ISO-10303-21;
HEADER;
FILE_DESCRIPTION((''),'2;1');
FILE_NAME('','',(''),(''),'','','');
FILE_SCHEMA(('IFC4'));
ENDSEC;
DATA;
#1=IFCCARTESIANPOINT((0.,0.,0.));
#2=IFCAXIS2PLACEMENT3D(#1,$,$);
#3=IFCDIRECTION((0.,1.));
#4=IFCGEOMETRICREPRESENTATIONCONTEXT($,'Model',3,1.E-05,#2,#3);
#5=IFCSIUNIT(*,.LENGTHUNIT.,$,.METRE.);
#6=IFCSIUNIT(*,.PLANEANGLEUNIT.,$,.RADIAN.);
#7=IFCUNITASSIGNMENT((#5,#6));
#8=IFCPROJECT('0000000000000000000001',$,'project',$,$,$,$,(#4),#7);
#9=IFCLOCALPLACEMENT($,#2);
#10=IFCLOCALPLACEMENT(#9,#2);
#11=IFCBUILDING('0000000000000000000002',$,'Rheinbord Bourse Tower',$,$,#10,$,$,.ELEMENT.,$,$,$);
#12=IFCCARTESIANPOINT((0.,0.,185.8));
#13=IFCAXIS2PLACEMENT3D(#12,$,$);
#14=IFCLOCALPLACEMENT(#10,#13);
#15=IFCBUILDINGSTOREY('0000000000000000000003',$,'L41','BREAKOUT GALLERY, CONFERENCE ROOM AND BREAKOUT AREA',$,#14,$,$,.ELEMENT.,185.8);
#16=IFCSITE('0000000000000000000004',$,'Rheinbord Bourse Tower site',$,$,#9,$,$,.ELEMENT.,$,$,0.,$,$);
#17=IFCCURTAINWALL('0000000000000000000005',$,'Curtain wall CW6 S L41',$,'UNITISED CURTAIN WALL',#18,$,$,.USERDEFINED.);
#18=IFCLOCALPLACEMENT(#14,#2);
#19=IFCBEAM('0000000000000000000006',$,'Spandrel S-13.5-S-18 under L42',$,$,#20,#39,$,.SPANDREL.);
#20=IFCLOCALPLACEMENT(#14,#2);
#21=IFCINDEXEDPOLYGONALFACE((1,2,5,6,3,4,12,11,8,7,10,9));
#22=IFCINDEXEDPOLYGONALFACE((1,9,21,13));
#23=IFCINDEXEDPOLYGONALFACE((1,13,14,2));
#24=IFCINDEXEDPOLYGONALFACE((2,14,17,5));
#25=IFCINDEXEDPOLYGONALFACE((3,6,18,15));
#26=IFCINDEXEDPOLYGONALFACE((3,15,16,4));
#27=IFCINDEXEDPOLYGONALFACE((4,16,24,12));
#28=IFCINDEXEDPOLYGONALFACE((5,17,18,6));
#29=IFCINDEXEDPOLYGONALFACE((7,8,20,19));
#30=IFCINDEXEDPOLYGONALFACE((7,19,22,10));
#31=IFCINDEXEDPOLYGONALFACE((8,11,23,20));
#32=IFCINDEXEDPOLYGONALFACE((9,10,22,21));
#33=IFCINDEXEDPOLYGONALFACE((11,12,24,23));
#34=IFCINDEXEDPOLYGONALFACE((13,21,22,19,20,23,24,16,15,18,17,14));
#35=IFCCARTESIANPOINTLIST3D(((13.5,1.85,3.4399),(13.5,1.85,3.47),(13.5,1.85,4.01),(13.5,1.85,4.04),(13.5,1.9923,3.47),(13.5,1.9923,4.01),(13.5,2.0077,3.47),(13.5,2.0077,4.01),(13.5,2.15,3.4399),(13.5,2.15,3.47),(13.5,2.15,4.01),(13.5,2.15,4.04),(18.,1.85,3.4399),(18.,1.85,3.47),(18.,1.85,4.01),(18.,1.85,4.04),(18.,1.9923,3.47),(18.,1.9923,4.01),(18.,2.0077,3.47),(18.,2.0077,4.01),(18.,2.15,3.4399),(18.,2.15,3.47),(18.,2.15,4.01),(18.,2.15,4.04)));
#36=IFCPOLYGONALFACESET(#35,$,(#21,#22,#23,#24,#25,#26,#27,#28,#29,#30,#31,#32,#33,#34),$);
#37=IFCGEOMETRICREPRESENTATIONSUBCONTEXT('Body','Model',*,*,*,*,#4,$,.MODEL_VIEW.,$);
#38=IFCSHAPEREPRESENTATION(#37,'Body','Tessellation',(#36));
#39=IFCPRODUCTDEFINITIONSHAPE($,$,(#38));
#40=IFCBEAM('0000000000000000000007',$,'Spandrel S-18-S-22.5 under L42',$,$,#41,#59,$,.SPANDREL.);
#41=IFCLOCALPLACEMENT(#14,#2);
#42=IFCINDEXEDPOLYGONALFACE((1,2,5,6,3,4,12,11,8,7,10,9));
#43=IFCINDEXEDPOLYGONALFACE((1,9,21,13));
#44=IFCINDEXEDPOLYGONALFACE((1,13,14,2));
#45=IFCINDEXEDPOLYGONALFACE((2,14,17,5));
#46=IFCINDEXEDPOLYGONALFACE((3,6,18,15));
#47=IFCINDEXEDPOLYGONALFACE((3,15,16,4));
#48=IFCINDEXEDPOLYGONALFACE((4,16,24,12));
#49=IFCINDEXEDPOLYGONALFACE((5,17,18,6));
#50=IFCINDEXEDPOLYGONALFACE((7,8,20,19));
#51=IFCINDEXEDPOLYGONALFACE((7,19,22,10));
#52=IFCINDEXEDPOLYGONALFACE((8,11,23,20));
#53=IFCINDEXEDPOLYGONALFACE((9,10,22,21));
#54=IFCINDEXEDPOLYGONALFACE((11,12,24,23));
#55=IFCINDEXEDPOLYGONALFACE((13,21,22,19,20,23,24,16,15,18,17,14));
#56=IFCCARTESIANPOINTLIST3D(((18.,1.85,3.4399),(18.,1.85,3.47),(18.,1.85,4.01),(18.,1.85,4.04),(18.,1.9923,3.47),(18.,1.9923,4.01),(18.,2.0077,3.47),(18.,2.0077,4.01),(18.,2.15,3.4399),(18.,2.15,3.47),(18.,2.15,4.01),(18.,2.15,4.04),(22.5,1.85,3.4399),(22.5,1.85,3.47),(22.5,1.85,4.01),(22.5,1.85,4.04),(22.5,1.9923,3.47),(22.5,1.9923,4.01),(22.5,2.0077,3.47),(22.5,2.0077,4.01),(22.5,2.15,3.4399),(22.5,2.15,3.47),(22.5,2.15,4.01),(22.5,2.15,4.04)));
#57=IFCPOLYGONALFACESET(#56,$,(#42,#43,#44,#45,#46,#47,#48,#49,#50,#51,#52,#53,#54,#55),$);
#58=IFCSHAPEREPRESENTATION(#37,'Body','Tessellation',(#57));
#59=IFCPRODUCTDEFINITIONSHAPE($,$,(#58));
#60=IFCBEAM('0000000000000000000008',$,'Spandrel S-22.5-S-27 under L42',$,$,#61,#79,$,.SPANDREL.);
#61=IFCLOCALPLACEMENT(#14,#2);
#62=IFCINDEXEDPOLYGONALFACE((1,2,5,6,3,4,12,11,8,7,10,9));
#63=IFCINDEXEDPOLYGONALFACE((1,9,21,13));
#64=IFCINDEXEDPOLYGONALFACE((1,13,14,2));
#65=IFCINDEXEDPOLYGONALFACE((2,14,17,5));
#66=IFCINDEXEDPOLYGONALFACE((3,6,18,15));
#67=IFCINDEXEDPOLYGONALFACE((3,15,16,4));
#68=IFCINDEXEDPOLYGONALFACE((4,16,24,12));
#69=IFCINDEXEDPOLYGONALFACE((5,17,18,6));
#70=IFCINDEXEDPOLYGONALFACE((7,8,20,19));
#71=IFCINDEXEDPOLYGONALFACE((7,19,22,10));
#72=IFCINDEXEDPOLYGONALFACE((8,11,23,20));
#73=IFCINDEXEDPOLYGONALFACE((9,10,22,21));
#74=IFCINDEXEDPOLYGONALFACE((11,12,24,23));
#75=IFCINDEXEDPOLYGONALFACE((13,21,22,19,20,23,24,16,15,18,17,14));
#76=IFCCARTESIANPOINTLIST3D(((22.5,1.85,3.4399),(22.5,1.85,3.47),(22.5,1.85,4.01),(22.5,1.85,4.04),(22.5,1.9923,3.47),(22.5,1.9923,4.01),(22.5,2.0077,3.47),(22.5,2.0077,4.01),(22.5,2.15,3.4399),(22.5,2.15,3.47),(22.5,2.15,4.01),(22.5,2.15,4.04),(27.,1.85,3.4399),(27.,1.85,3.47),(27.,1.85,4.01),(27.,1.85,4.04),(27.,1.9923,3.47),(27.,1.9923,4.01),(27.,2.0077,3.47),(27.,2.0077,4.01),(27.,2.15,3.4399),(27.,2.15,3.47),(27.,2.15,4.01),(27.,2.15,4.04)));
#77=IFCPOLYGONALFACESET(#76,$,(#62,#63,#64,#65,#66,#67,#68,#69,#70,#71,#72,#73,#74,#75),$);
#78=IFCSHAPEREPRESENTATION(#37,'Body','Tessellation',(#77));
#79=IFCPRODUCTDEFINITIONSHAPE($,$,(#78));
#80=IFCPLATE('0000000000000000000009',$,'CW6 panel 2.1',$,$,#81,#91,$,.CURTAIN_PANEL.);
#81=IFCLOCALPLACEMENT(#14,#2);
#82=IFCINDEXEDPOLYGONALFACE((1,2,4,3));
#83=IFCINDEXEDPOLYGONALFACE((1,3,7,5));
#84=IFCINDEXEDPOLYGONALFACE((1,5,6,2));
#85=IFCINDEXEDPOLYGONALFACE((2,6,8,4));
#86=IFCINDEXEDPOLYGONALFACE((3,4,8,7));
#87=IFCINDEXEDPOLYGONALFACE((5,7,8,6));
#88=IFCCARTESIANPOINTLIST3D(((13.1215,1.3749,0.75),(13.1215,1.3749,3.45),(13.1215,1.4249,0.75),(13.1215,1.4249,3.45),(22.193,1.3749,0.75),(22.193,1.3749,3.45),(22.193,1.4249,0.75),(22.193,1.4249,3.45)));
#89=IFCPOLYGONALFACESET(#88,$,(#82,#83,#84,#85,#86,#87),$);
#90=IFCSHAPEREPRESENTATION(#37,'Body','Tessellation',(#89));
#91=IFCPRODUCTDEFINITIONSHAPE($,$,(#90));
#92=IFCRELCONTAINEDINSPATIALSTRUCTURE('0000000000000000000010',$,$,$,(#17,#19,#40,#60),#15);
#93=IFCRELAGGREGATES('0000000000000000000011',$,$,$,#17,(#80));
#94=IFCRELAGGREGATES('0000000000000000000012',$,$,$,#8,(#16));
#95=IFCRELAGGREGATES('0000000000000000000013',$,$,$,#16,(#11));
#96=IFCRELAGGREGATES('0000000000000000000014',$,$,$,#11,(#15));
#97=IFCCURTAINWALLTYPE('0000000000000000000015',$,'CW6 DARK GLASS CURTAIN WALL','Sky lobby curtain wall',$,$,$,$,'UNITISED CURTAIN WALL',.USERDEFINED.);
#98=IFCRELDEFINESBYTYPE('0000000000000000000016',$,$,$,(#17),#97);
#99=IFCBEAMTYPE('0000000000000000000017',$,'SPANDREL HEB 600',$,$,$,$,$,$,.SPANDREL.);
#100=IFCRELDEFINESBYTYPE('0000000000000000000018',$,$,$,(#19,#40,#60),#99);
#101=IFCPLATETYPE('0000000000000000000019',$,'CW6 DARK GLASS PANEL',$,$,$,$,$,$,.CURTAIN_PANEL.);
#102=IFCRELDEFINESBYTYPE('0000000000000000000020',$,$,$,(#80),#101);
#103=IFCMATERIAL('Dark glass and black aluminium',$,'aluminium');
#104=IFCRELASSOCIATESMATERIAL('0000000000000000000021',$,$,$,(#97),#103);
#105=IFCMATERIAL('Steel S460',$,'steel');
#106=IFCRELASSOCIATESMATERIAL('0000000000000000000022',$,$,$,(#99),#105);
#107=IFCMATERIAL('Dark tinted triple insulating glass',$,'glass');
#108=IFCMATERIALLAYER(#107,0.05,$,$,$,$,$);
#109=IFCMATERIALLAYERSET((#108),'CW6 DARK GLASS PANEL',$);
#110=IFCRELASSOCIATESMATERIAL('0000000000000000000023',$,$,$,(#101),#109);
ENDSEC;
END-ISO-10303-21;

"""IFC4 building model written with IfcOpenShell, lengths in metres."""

from ifc_helpers import new_model, si_unit, direction, frame, origin, origin_2d, place, context, subcontext, project, spatial, rectangle, i_section, extrude, material, layer, layer_set, material_profile, profile_set, type_object, element, aggregate, save


model = new_model("IFC4")

# Units and contexts
model_context = context("Model", 3, precision=1e-05, world=origin(), true_north=direction((0.0, 1.0)))
body_context = subcontext(model_context, "Body", "Model", "MODEL_VIEW")
ifc_project = project(units=[si_unit("LENGTHUNIT", "METRE"), si_unit("PLANEANGLEUNIT", "RADIAN")], contexts=[model_context])

# Site, building, storey
site_placement = place(None, origin())
site = spatial("IfcSite", under=ifc_project, at=site_placement, Name="Rheinbord Bourse Tower site", CompositionType="ELEMENT", RefElevation=0.0)
building_placement = place(site_placement, origin())
building = spatial("IfcBuilding", under=site, at=building_placement, Name="Rheinbord Bourse Tower", CompositionType="ELEMENT")
storey_placement = place(building_placement, frame((0.0, 0.0, 185.8)))
storey = spatial("IfcBuildingStorey", under=building, at=storey_placement, Name="L41", Description="BREAKOUT GALLERY, CONFERENCE ROOM AND BREAKOUT AREA", CompositionType="ELEMENT", Elevation=185.8)

# Curtain wall
ifc_material_1 = material(Name="Dark glass and black aluminium", Category="aluminium")
curtain_wall_type = type_object("IfcCurtainWallType", Name="CW6 DARK GLASS CURTAIN WALL", Description="Sky lobby curtain wall", ElementType="UNITISED CURTAIN WALL", PredefinedType="USERDEFINED", material=ifc_material_1)
curtain_wall_placement = place(storey_placement, origin())
curtain_wall = element("IfcCurtainWall", 1, at=curtain_wall_placement, inside=storey, type_object=curtain_wall_type, Name="Curtain wall CW6 S L41", ObjectType="UNITISED CURTAIN WALL", PredefinedType="USERDEFINED")

# Beams
ifc_material_2 = material(Name="Steel S460", Category="steel")
ifc_material_profile_1 = material_profile(ifc_material_2, i_section(OverallWidth=0.3, OverallDepth=0.6001, WebThickness=0.0154, FlangeThickness=0.03, at=origin_2d()), Name="HEB 600")
ifc_profile_set_1 = profile_set([ifc_material_profile_1], Name="Steel S460")
beam_type_1 = type_object("IfcBeamType", Name="SPANDREL HEB 600", PredefinedType="SPANDREL", material=ifc_profile_set_1)
for number, where, z_axis, x_axis, name in (
    (2, (13.5, 2.0, 3.74), (1.0, 0.0, 0.0), (0.0, 1.0, 0.0), "Spandrel S-13.5-S-18 under L42"),
    (3, (18.0, 2.0, 3.74), (1.0, 0.0, 0.0), (0.0, 1.0, 0.0), "Spandrel S-18-S-22.5 under L42"),
    (4, (22.5, 2.0, 3.74), (1.0, 0.0, 0.0), (0.0, 1.0, 0.0), "Spandrel S-22.5-S-27 under L42"),
):
    element("IfcBeam", number, at=place(storey_placement, frame(where, z_axis=z_axis, x_axis=x_axis)), inside=storey, type_object=beam_type_1, Name=name, PredefinedType="SPANDREL", context=body_context, shape_type="SweptSolid", body=[
        extrude(i_section(OverallWidth=0.3, OverallDepth=0.6001, WebThickness=0.0154, FlangeThickness=0.03, at=origin_2d()), origin(), (0.0, 0.0, 1.0), 4.5),
    ])

# Plate
ifc_material_3 = material(Name="Dark tinted triple insulating glass", Category="glass")
ifc_layer = layer(ifc_material_3, 0.05)
ifc_layer_set = layer_set([ifc_layer], Name="CW6 DARK GLASS PANEL")
plate_type = type_object("IfcPlateType", Name="CW6 DARK GLASS PANEL", PredefinedType="CURTAIN_PANEL", material=ifc_layer_set)
plate_placement = place(storey_placement, frame((17.6572, 1.3999, 0.75), z_axis=(0.0, 0.0, 1.0), x_axis=(1.0, 0.0, 0.0)))
plate = element("IfcPlate", 5, at=plate_placement, type_object=plate_type, Name="CW6 panel 2.1", PredefinedType="CURTAIN_PANEL", context=body_context, shape_type="SweptSolid", body=[
    extrude(rectangle(XDim=9.0715, YDim=0.05, at=origin_2d()), origin(), (0.0, 0.0, 1.0), 2.7),
])
aggregate(curtain_wall, [plate])

save(model, "model.ifc")
